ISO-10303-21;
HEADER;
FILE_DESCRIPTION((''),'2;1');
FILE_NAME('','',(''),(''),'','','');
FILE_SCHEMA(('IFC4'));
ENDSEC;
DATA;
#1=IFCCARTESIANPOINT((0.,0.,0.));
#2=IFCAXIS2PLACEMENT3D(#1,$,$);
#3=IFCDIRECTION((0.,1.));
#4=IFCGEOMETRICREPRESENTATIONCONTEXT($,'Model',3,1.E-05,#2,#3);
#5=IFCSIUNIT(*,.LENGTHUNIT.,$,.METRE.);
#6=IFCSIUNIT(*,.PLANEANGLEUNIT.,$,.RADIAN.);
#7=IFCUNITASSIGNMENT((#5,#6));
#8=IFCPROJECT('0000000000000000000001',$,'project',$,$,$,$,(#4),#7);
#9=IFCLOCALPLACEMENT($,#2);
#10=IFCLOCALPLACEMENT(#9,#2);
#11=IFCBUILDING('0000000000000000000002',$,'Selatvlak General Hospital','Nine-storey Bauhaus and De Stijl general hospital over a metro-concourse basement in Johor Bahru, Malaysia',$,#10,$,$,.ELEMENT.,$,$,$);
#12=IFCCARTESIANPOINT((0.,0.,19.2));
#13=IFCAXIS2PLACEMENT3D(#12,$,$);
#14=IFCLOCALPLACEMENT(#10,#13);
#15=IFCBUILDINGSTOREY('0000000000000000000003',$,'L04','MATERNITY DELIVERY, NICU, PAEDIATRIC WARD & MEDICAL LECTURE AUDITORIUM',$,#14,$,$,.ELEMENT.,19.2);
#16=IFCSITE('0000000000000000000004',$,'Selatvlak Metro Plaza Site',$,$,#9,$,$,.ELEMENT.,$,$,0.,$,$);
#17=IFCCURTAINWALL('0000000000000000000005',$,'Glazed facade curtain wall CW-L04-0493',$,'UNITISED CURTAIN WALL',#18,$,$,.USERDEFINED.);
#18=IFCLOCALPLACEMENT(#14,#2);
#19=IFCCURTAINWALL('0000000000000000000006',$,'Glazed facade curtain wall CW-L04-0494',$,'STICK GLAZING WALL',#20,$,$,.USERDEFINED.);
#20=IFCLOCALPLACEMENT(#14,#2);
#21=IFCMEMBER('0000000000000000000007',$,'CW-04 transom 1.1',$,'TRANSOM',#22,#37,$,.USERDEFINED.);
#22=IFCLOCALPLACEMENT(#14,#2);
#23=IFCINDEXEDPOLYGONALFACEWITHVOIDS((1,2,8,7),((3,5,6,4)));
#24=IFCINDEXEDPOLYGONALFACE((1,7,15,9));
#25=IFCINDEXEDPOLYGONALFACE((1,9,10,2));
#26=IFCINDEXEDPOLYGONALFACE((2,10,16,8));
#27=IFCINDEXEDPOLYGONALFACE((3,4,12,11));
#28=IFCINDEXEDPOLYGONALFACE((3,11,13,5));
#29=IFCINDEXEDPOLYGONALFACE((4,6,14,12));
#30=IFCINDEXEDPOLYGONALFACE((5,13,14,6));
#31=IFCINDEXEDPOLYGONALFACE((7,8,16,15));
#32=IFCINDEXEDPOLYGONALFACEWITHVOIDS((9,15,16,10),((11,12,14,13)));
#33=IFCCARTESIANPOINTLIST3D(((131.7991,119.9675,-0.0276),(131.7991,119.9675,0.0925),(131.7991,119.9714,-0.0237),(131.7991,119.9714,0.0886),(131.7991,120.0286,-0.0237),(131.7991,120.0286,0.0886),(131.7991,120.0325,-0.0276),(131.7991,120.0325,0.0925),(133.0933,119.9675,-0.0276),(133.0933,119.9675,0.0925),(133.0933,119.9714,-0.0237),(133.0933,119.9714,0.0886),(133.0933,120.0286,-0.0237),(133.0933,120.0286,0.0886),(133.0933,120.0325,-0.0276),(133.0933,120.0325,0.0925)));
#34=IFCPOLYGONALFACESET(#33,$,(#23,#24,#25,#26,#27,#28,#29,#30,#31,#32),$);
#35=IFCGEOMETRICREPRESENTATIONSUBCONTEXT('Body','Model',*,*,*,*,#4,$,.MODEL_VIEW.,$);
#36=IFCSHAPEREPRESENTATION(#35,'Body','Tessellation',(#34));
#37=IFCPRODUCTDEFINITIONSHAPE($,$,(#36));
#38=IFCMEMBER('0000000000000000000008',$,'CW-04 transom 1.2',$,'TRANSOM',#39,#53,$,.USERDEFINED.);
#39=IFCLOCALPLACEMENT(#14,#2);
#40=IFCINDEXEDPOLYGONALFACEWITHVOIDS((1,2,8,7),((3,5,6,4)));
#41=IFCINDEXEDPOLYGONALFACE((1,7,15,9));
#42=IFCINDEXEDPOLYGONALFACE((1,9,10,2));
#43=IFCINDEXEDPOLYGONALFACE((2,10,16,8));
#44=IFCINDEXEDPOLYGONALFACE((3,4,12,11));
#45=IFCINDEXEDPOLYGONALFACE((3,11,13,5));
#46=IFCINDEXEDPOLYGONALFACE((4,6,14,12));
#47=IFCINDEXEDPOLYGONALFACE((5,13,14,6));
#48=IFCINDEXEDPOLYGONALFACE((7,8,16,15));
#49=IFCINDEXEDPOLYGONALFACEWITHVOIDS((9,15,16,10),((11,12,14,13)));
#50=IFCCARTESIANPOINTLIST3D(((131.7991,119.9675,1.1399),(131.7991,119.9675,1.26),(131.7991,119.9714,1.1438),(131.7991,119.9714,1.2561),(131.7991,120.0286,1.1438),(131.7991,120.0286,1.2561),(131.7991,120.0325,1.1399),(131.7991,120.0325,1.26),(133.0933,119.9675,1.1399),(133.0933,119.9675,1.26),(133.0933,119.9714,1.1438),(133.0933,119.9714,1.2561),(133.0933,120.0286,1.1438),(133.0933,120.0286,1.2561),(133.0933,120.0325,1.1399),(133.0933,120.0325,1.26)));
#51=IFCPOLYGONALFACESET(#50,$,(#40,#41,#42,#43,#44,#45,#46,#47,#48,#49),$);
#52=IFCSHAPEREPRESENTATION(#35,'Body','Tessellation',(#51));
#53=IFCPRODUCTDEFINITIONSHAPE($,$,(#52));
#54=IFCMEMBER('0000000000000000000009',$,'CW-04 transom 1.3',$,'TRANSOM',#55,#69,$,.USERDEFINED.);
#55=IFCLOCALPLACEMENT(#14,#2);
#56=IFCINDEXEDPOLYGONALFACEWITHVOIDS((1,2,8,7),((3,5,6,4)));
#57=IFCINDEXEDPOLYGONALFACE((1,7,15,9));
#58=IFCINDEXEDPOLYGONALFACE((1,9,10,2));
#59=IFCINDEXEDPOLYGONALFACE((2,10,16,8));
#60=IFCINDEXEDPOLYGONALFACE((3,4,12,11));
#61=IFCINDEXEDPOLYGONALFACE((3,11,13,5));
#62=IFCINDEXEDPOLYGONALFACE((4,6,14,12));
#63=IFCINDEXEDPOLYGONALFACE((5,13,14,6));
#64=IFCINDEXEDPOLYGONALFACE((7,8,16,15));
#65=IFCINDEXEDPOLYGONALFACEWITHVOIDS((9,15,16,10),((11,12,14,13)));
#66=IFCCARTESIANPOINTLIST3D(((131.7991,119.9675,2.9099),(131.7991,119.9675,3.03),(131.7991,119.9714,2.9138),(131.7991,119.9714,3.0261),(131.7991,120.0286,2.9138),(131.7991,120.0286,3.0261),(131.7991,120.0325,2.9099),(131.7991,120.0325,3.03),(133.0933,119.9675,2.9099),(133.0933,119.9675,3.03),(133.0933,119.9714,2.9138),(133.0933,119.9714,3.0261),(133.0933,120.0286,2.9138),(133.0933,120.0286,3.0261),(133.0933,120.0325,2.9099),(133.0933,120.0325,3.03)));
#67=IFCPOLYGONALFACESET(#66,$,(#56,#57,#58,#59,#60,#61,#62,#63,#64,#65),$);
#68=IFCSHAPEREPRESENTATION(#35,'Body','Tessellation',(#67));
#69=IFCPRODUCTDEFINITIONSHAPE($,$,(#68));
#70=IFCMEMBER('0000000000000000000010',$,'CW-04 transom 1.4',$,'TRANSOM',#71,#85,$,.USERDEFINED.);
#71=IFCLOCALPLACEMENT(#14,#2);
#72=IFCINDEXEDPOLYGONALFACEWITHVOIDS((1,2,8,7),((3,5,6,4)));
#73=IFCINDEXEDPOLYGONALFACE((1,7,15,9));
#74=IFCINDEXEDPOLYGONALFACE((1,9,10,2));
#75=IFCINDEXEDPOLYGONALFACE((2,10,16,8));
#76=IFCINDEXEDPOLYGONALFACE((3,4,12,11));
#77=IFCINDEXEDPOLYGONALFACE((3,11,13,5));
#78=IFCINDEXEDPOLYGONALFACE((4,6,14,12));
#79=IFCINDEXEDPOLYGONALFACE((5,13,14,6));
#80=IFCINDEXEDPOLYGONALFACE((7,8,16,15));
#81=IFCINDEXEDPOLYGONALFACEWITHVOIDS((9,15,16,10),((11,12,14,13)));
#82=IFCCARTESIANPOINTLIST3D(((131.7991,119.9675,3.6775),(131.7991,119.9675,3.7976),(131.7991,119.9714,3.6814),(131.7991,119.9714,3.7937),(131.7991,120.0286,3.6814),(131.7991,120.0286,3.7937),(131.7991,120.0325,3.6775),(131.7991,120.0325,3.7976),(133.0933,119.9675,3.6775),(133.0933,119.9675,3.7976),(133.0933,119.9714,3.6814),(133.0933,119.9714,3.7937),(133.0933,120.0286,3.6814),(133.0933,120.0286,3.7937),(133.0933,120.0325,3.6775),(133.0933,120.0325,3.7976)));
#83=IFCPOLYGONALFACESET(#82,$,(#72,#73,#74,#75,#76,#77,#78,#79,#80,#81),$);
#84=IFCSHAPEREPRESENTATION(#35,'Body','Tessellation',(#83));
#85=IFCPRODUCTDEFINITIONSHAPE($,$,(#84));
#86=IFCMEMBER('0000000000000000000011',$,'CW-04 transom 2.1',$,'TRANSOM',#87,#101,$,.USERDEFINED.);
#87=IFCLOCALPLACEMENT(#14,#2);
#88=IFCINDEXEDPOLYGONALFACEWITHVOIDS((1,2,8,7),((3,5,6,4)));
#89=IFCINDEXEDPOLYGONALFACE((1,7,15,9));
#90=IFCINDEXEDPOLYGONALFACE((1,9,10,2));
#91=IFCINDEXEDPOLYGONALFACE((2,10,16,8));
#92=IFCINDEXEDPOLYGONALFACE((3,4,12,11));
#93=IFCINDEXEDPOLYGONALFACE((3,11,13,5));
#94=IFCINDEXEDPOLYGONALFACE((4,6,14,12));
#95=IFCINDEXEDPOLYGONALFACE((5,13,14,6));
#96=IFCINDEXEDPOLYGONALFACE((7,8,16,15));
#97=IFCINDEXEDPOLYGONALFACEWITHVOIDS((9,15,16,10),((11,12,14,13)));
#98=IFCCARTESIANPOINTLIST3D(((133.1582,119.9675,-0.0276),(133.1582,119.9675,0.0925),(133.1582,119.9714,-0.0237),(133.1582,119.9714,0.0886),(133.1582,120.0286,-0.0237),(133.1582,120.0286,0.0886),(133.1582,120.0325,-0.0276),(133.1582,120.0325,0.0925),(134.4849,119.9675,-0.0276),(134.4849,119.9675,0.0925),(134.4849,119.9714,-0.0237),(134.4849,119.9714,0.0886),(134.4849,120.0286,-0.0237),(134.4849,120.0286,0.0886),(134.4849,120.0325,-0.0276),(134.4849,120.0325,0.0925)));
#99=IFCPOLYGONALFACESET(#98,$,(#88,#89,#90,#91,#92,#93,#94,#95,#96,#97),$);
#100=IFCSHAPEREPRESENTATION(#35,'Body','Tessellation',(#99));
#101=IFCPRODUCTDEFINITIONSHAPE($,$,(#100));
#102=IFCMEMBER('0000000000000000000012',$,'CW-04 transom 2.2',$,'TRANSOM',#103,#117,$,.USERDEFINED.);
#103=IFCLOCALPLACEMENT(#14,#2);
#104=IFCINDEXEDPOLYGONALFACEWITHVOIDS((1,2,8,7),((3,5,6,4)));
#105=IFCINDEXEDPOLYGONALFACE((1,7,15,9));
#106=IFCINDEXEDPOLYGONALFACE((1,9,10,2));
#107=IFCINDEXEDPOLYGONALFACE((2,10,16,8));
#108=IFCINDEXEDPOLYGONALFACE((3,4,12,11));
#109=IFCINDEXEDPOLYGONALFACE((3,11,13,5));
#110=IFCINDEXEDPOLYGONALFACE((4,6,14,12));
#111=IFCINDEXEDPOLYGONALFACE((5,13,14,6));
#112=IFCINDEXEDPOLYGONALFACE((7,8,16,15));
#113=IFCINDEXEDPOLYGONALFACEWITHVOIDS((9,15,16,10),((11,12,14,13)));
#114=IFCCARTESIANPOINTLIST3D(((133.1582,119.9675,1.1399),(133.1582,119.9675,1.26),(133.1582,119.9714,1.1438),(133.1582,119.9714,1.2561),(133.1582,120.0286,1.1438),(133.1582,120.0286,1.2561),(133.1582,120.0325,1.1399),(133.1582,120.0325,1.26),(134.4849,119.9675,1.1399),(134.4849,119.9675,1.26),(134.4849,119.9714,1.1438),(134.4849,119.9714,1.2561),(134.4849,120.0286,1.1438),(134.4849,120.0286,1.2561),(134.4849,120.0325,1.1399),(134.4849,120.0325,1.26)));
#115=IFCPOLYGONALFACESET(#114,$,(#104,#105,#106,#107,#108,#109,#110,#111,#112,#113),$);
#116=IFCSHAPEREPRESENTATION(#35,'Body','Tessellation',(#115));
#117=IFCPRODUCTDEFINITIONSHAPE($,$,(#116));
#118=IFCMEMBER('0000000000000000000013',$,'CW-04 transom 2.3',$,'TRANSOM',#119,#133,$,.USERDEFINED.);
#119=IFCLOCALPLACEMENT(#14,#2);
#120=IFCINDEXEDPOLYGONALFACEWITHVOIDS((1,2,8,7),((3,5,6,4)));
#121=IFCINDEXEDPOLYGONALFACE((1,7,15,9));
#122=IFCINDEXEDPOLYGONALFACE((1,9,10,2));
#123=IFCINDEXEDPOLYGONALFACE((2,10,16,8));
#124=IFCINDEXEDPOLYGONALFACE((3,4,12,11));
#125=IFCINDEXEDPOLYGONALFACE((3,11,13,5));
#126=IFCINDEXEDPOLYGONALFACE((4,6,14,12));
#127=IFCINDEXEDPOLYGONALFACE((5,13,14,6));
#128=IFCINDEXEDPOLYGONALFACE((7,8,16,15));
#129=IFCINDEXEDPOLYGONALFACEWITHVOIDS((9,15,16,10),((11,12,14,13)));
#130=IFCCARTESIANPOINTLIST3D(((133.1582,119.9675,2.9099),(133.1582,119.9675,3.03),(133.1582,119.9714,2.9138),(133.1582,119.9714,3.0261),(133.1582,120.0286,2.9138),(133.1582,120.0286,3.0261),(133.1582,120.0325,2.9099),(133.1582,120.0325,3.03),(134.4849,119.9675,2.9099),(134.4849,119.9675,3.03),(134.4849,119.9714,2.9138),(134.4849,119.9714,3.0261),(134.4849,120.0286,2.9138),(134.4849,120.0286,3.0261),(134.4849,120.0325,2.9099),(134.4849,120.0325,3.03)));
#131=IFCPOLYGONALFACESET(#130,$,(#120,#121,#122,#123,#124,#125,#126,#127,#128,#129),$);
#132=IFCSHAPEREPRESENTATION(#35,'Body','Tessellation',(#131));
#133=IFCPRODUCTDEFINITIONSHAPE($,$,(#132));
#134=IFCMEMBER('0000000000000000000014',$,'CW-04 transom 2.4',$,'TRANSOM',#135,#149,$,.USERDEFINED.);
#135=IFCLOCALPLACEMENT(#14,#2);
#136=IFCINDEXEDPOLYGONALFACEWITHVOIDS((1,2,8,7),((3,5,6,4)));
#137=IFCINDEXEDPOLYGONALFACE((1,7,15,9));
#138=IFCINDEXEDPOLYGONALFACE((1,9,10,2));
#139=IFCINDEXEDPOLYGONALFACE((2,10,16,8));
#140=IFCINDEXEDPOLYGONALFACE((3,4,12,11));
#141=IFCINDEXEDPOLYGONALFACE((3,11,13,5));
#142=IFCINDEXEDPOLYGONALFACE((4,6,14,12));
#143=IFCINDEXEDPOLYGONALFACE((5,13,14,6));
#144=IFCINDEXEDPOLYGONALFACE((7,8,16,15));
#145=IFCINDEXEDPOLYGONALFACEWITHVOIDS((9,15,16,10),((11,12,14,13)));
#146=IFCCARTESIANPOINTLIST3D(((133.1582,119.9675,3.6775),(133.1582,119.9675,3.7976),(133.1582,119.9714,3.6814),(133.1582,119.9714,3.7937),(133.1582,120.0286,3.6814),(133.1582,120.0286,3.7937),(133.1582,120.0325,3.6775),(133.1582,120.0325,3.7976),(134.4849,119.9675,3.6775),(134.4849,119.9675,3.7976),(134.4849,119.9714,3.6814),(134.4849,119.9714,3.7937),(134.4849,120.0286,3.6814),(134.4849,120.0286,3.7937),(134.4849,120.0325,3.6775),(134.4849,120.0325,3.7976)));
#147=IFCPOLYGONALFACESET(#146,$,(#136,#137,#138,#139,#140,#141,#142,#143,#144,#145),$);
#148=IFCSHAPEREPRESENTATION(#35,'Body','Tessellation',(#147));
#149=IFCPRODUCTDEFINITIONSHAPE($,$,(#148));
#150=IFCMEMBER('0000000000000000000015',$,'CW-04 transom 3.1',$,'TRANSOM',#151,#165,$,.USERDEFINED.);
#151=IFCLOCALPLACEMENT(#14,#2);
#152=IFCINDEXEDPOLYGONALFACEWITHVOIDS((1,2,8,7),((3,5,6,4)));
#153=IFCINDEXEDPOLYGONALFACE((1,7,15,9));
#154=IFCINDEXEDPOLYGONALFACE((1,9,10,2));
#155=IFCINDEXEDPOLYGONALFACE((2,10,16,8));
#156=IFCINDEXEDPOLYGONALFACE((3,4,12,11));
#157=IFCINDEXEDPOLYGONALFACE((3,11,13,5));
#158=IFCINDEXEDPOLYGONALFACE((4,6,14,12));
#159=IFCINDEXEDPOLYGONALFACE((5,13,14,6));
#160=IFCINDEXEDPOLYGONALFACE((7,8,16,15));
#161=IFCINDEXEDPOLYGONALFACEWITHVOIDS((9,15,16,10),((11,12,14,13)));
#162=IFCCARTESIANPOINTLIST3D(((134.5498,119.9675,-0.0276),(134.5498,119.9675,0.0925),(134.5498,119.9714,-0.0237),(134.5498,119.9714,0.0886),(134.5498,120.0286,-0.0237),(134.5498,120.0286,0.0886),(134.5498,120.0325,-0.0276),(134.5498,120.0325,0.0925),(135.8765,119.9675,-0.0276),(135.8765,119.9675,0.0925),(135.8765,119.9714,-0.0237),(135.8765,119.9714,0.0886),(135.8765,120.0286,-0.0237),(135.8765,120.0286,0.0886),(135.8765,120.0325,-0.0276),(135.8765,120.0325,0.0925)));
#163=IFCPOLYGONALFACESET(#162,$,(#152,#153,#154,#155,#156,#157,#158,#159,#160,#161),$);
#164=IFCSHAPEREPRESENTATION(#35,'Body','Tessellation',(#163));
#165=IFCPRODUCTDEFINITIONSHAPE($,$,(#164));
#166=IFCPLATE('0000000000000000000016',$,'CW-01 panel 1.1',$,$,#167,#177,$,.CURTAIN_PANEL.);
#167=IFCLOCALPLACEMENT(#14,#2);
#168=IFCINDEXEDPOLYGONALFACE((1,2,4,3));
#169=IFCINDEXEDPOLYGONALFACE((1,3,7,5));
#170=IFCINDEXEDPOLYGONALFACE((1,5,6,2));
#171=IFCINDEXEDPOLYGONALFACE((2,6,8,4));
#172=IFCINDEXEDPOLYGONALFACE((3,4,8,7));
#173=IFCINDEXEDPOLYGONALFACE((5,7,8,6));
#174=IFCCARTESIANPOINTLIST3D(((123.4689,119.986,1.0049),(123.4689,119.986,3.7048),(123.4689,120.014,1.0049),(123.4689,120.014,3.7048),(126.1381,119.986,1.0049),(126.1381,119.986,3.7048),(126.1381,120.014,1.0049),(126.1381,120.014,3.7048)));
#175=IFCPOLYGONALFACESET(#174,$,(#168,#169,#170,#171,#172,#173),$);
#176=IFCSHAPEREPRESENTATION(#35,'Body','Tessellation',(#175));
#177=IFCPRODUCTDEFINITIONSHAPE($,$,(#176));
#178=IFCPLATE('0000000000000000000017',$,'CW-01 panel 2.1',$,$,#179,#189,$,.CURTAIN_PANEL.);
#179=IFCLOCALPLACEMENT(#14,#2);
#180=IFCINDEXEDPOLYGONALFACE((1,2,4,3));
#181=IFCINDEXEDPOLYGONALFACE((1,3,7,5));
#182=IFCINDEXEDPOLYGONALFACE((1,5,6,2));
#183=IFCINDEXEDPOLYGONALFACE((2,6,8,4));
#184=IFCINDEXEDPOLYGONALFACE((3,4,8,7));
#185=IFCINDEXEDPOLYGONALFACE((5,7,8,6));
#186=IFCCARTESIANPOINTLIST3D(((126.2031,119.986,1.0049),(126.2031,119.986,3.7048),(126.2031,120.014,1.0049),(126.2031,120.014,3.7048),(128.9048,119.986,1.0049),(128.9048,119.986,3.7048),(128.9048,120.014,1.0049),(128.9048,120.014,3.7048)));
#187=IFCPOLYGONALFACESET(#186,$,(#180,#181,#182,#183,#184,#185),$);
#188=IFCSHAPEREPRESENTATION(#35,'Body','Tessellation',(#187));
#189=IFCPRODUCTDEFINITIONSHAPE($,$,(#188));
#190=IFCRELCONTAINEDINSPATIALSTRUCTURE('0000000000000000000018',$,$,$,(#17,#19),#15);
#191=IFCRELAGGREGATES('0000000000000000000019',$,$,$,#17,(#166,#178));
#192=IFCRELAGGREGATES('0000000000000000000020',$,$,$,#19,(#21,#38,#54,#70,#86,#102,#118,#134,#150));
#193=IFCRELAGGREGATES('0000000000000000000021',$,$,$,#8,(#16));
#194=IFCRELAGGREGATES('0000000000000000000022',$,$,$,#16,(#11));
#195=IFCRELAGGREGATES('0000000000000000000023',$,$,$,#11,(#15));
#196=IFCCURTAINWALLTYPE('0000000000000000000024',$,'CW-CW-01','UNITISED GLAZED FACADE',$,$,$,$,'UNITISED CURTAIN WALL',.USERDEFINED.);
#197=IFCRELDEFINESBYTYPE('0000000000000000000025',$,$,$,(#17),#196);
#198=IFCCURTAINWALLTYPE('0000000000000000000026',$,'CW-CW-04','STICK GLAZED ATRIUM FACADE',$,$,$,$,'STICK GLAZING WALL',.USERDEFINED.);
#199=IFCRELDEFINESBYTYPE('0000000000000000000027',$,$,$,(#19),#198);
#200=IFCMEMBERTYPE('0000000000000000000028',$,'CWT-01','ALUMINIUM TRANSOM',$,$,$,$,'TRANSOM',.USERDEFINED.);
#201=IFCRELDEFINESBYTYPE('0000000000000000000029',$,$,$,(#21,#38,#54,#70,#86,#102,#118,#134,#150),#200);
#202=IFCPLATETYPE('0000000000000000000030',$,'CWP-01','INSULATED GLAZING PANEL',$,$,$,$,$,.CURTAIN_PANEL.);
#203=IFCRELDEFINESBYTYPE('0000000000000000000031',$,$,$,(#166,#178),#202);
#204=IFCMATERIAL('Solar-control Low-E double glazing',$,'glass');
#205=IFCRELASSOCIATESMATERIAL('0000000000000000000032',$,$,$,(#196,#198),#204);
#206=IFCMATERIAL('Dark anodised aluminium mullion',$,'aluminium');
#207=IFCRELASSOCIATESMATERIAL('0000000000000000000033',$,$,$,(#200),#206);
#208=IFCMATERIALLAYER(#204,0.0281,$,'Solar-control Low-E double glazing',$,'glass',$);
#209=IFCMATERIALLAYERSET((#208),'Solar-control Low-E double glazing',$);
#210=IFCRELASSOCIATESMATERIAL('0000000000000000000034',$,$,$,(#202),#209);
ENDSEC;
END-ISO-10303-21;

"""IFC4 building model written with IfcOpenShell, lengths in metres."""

from ifc_helpers import new_model, si_unit, direction, frame, origin, origin_2d, place, context, subcontext, project, spatial, rectangle, hollow_rectangle, extrude, material, layer, layer_set, material_profile, profile_set, type_object, element, aggregate, save


model = new_model("IFC4")

# Units and contexts
model_context = context("Model", 3, precision=1e-05, world=origin(), true_north=direction((0.0, 1.0)))
body_context = subcontext(model_context, "Body", "Model", "MODEL_VIEW")
ifc_project = project(units=[si_unit("LENGTHUNIT", "METRE"), si_unit("PLANEANGLEUNIT", "RADIAN")], contexts=[model_context])

# Site, building, storey
site_placement = place(None, origin())
site = spatial("IfcSite", under=ifc_project, at=site_placement, Name="Selatvlak Metro Plaza Site", CompositionType="ELEMENT", RefElevation=0.0)
building_placement = place(site_placement, origin())
building = spatial("IfcBuilding", under=site, at=building_placement, Name="Selatvlak General Hospital", Description="Nine-storey Bauhaus and De Stijl general hospital over a metro-concourse basement in Johor Bahru, Malaysia", CompositionType="ELEMENT")
storey_placement = place(building_placement, frame((0.0, 0.0, 19.2)))
storey = spatial("IfcBuildingStorey", under=building, at=storey_placement, Name="L04", Description="MATERNITY DELIVERY, NICU, PAEDIATRIC WARD & MEDICAL LECTURE AUDITORIUM", CompositionType="ELEMENT", Elevation=19.2)

# Curtain walls
ifc_material_1 = material(Name="Solar-control Low-E double glazing", Category="glass")
curtain_wall_type_1 = type_object("IfcCurtainWallType", Name="CW-CW-01", Description="UNITISED GLAZED FACADE", ElementType="UNITISED CURTAIN WALL", PredefinedType="USERDEFINED", material=ifc_material_1)
curtain_wall_1_placement = place(storey_placement, origin())
curtain_wall_1 = element("IfcCurtainWall", 1, at=curtain_wall_1_placement, inside=storey, type_object=curtain_wall_type_1, Name="Glazed facade curtain wall CW-L04-0493", ObjectType="UNITISED CURTAIN WALL", PredefinedType="USERDEFINED")
ifc_material_2 = material(Name="Dark anodised aluminium mullion", Category="aluminium")
curtain_wall_type_2 = type_object("IfcCurtainWallType", Name="CW-CW-04", Description="STICK GLAZED ATRIUM FACADE", ElementType="STICK GLAZING WALL", PredefinedType="USERDEFINED", material=ifc_material_1)
curtain_wall_2_placement = place(storey_placement, origin())
curtain_wall_2 = element("IfcCurtainWall", 2, at=curtain_wall_2_placement, inside=storey, type_object=curtain_wall_type_2, Name="Glazed facade curtain wall CW-L04-0494", ObjectType="STICK GLAZING WALL", PredefinedType="USERDEFINED")

# Members
ifc_material_profile_1 = material_profile(ifc_material_2, hollow_rectangle(XDim=0.0649, YDim=0.1201, WallThickness=0.0039, at=origin_2d()), Name="AL-TRN 65x120x4")
ifc_profile_set_1 = profile_set([ifc_material_profile_1], Name="Dark anodised aluminium mullion")
member_type_1 = type_object("IfcMemberType", Name="CWT-01", Description="ALUMINIUM TRANSOM", ElementType="TRANSOM", PredefinedType="USERDEFINED", material=ifc_profile_set_1)
member_1_placement = place(storey_placement, frame((131.7991, 120.0, 0.0325), z_axis=(1.0, 0.0, 0.0), x_axis=(0.0, 1.0, 0.0)))
member_1 = element("IfcMember", 3, at=member_1_placement, type_object=member_type_1, Name="CW-04 transom 1.1", ObjectType="TRANSOM", PredefinedType="USERDEFINED", context=body_context, shape_type="SweptSolid", body=[
    extrude(hollow_rectangle(XDim=0.0649, YDim=0.1201, WallThickness=0.0039, at=origin_2d()), origin(), (0.0, 0.0, 1.0), 1.2942),
])
member_2_placement = place(storey_placement, frame((131.7991, 120.0, 1.2), z_axis=(1.0, 0.0, 0.0), x_axis=(0.0, 1.0, 0.0)))
member_2 = element("IfcMember", 4, at=member_2_placement, type_object=member_type_1, Name="CW-04 transom 1.2", ObjectType="TRANSOM", PredefinedType="USERDEFINED", context=body_context, shape_type="SweptSolid", body=[
    extrude(hollow_rectangle(XDim=0.0649, YDim=0.1201, WallThickness=0.0039, at=origin_2d()), origin(), (0.0, 0.0, 1.0), 1.2942),
])
member_3_placement = place(storey_placement, frame((131.7991, 120.0, 2.97), z_axis=(1.0, 0.0, 0.0), x_axis=(0.0, 1.0, 0.0)))
member_3 = element("IfcMember", 5, at=member_3_placement, type_object=member_type_1, Name="CW-04 transom 1.3", ObjectType="TRANSOM", PredefinedType="USERDEFINED", context=body_context, shape_type="SweptSolid", body=[
    extrude(hollow_rectangle(XDim=0.0649, YDim=0.1201, WallThickness=0.0039, at=origin_2d()), origin(), (0.0, 0.0, 1.0), 1.2942),
])
member_4_placement = place(storey_placement, frame((131.7991, 120.0, 3.7375), z_axis=(1.0, 0.0, 0.0), x_axis=(0.0, 1.0, 0.0)))
member_4 = element("IfcMember", 6, at=member_4_placement, type_object=member_type_1, Name="CW-04 transom 1.4", ObjectType="TRANSOM", PredefinedType="USERDEFINED", context=body_context, shape_type="SweptSolid", body=[
    extrude(hollow_rectangle(XDim=0.0649, YDim=0.1201, WallThickness=0.0039, at=origin_2d()), origin(), (0.0, 0.0, 1.0), 1.2942),
])
member_5_placement = place(storey_placement, frame((133.1582, 120.0, 0.0325), z_axis=(1.0, 0.0, 0.0), x_axis=(0.0, 1.0, 0.0)))
member_5 = element("IfcMember", 7, at=member_5_placement, type_object=member_type_1, Name="CW-04 transom 2.1", ObjectType="TRANSOM", PredefinedType="USERDEFINED", context=body_context, shape_type="SweptSolid", body=[
    extrude(hollow_rectangle(XDim=0.0649, YDim=0.1201, WallThickness=0.0039, at=origin_2d()), origin(), (0.0, 0.0, 1.0), 1.3267),
])
member_6_placement = place(storey_placement, frame((133.1582, 120.0, 1.2), z_axis=(1.0, 0.0, 0.0), x_axis=(0.0, 1.0, 0.0)))
member_6 = element("IfcMember", 8, at=member_6_placement, type_object=member_type_1, Name="CW-04 transom 2.2", ObjectType="TRANSOM", PredefinedType="USERDEFINED", context=body_context, shape_type="SweptSolid", body=[
    extrude(hollow_rectangle(XDim=0.0649, YDim=0.1201, WallThickness=0.0039, at=origin_2d()), origin(), (0.0, 0.0, 1.0), 1.3267),
])
member_7_placement = place(storey_placement, frame((133.1582, 120.0, 2.97), z_axis=(1.0, 0.0, 0.0), x_axis=(0.0, 1.0, 0.0)))
member_7 = element("IfcMember", 9, at=member_7_placement, type_object=member_type_1, Name="CW-04 transom 2.3", ObjectType="TRANSOM", PredefinedType="USERDEFINED", context=body_context, shape_type="SweptSolid", body=[
    extrude(hollow_rectangle(XDim=0.0649, YDim=0.1201, WallThickness=0.0039, at=origin_2d()), origin(), (0.0, 0.0, 1.0), 1.3267),
])
member_8_placement = place(storey_placement, frame((133.1582, 120.0, 3.7375), z_axis=(1.0, 0.0, 0.0), x_axis=(0.0, 1.0, 0.0)))
member_8 = element("IfcMember", 10, at=member_8_placement, type_object=member_type_1, Name="CW-04 transom 2.4", ObjectType="TRANSOM", PredefinedType="USERDEFINED", context=body_context, shape_type="SweptSolid", body=[
    extrude(hollow_rectangle(XDim=0.0649, YDim=0.1201, WallThickness=0.0039, at=origin_2d()), origin(), (0.0, 0.0, 1.0), 1.3267),
])
member_9_placement = place(storey_placement, frame((134.5498, 120.0, 0.0325), z_axis=(1.0, 0.0, 0.0), x_axis=(0.0, 1.0, 0.0)))
member_9 = element("IfcMember", 11, at=member_9_placement, type_object=member_type_1, Name="CW-04 transom 3.1", ObjectType="TRANSOM", PredefinedType="USERDEFINED", context=body_context, shape_type="SweptSolid", body=[
    extrude(hollow_rectangle(XDim=0.0649, YDim=0.1201, WallThickness=0.0039, at=origin_2d()), origin(), (0.0, 0.0, 1.0), 1.3267),
])

# Plates
ifc_layer_1 = layer(ifc_material_1, 0.0281, Name="Solar-control Low-E double glazing", Category="glass")
ifc_layer_set_1 = layer_set([ifc_layer_1], Name="Solar-control Low-E double glazing")
plate_type = type_object("IfcPlateType", Name="CWP-01", Description="INSULATED GLAZING PANEL", PredefinedType="CURTAIN_PANEL", material=ifc_layer_set_1)
plate_1_placement = place(storey_placement, frame((124.8035, 120.0, 1.0049), z_axis=(0.0, 0.0, 1.0), x_axis=(1.0, 0.0, 0.0)))
plate_1 = element("IfcPlate", 12, at=plate_1_placement, type_object=plate_type, Name="CW-01 panel 1.1", PredefinedType="CURTAIN_PANEL", context=body_context, shape_type="SweptSolid", body=[
    extrude(rectangle(XDim=2.6692, YDim=0.0281, at=origin_2d()), origin(), (0.0, 0.0, 1.0), 2.7),
])
plate_2_placement = place(storey_placement, frame((127.554, 120.0, 1.0049), z_axis=(0.0, 0.0, 1.0), x_axis=(1.0, 0.0, 0.0)))
plate_2 = element("IfcPlate", 13, at=plate_2_placement, type_object=plate_type, Name="CW-01 panel 2.1", PredefinedType="CURTAIN_PANEL", context=body_context, shape_type="SweptSolid", body=[
    extrude(rectangle(XDim=2.7017, YDim=0.0281, at=origin_2d()), origin(), (0.0, 0.0, 1.0), 2.7),
])
aggregate(curtain_wall_1, [plate_1, plate_2])
aggregate(curtain_wall_2, [member_1, member_2, member_3, member_4, member_5, member_6, member_7, member_8, member_9])

save(model, "model.ifc")
